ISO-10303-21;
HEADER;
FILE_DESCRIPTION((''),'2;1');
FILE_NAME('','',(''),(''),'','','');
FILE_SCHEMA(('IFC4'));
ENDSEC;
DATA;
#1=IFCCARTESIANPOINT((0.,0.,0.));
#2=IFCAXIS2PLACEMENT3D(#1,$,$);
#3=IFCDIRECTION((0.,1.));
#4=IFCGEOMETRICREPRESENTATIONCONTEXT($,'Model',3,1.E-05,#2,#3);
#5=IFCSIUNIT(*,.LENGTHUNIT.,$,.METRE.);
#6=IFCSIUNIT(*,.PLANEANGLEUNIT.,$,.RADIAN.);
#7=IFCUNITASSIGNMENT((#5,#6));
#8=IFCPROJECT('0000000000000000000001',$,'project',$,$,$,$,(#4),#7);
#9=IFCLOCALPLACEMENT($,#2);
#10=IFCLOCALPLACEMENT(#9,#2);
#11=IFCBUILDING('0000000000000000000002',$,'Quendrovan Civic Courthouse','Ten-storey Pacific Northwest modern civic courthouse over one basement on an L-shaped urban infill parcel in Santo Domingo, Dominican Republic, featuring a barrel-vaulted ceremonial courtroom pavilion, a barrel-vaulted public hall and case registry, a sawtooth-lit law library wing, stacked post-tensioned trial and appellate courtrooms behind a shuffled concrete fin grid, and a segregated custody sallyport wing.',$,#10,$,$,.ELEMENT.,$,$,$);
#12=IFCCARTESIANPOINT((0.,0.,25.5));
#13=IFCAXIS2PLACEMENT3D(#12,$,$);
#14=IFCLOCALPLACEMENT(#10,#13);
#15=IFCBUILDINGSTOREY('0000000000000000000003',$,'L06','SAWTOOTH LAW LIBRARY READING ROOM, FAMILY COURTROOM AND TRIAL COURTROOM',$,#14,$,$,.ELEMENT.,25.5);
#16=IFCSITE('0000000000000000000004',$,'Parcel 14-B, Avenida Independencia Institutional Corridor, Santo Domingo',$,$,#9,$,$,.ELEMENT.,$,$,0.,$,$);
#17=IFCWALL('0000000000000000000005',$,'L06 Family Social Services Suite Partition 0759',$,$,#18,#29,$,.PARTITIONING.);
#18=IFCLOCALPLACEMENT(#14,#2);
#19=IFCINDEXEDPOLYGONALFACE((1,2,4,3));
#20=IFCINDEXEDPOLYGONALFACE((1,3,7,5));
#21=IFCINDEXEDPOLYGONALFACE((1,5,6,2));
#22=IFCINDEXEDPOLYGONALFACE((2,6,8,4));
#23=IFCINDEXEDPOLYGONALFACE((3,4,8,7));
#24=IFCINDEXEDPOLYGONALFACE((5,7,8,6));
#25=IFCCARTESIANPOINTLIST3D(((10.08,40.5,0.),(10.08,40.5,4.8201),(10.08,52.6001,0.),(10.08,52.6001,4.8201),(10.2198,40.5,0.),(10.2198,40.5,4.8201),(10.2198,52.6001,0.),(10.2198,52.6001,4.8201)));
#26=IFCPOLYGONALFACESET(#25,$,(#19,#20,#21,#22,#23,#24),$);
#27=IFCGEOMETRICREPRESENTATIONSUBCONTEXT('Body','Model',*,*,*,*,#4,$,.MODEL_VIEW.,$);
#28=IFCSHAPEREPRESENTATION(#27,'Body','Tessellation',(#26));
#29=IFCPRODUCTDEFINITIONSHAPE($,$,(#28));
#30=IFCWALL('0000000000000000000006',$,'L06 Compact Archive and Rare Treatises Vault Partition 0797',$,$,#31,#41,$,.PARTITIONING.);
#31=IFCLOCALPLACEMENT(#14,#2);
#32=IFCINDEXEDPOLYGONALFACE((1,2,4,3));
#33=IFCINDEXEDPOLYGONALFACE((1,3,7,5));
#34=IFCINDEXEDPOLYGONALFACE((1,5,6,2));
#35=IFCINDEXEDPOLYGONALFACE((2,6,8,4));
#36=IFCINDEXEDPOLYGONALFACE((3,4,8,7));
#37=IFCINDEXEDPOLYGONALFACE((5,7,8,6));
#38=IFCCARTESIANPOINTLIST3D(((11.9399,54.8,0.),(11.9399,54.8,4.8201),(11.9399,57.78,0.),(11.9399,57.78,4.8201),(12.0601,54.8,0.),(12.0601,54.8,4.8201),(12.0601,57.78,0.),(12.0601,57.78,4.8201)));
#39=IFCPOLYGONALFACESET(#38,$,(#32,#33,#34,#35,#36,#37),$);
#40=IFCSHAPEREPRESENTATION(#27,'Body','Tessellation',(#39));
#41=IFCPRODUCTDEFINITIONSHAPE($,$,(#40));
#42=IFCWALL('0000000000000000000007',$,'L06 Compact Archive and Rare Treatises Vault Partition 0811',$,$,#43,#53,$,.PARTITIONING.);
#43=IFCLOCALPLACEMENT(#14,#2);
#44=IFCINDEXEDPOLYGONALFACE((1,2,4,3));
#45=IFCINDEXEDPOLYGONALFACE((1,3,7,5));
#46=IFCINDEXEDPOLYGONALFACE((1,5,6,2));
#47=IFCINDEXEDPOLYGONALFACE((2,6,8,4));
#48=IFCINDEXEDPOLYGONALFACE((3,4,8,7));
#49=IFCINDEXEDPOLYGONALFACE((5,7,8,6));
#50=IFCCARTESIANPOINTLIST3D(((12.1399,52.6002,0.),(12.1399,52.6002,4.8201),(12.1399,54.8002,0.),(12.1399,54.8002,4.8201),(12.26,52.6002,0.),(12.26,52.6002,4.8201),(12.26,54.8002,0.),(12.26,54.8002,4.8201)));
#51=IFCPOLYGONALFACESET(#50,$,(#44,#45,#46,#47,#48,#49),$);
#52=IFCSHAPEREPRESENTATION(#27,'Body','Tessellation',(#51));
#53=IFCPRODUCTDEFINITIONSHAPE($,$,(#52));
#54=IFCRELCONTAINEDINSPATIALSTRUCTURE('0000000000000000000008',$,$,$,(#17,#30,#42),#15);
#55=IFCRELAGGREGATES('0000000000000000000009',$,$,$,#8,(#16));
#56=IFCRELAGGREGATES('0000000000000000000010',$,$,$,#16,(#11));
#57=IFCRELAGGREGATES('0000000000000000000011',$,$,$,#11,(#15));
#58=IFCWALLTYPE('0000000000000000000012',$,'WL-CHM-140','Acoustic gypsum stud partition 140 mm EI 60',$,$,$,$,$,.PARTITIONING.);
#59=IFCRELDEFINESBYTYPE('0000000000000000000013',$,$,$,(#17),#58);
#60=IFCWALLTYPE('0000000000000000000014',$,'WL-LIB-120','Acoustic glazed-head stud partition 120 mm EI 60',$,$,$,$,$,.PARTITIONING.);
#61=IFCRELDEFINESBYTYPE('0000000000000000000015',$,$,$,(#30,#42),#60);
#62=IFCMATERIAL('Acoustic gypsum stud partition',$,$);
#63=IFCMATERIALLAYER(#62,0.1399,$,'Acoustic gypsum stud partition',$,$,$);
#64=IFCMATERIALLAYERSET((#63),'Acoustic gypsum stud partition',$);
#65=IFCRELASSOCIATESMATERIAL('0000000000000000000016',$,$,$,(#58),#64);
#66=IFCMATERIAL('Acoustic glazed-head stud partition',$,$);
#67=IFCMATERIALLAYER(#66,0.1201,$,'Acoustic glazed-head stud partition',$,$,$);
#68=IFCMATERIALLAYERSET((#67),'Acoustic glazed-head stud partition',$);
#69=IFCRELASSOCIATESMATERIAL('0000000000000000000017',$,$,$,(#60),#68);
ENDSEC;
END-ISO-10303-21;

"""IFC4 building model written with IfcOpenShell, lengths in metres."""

from ifc_helpers import new_model, si_unit, direction, frame, frame_2d, origin, place, context, subcontext, project, spatial, rectangle, extrude, material, layer, layer_set, type_object, element, save


model = new_model("IFC4")

# Units and contexts
model_context = context("Model", 3, precision=1e-05, world=origin(), true_north=direction((0.0, 1.0)))
body_context = subcontext(model_context, "Body", "Model", "MODEL_VIEW")
ifc_project = project(units=[si_unit("LENGTHUNIT", "METRE"), si_unit("PLANEANGLEUNIT", "RADIAN")], contexts=[model_context])

# Site, building, storey
site_placement = place(None, origin())
site = spatial("IfcSite", under=ifc_project, at=site_placement, Name="Parcel 14-B, Avenida Independencia Institutional Corridor, Santo Domingo", CompositionType="ELEMENT", RefElevation=0.0)
building_placement = place(site_placement, origin())
building = spatial("IfcBuilding", under=site, at=building_placement, Name="Quendrovan Civic Courthouse", Description="Ten-storey Pacific Northwest modern civic courthouse over one basement on an L-shaped urban infill parcel in Santo Domingo, Dominican Republic, featuring a barrel-vaulted ceremonial courtroom pavilion, a barrel-vaulted public hall and case registry, a sawtooth-lit law library wing, stacked post-tensioned trial and appellate courtrooms behind a shuffled concrete fin grid, and a segregated custody sallyport wing.", CompositionType="ELEMENT")
storey_placement = place(building_placement, frame((0.0, 0.0, 25.5)))
storey = spatial("IfcBuildingStorey", under=building, at=storey_placement, Name="L06", Description="SAWTOOTH LAW LIBRARY READING ROOM, FAMILY COURTROOM AND TRIAL COURTROOM", CompositionType="ELEMENT", Elevation=25.5)

# Walls
ifc_material_1 = material(Name="Acoustic gypsum stud partition")
ifc_layer_1 = layer(ifc_material_1, 0.1399, Name="Acoustic gypsum stud partition")
ifc_layer_set_1 = layer_set([ifc_layer_1], Name="Acoustic gypsum stud partition")
wall_type_1 = type_object("IfcWallType", Name="WL-CHM-140", Description="Acoustic gypsum stud partition 140 mm EI 60", PredefinedType="PARTITIONING", material=ifc_layer_set_1)
wall_1_placement = place(storey_placement, frame((10.1499, 52.6001, 0.0), z_axis=(0.0, 0.0, 1.0), x_axis=(0.0, -1.0, 0.0)))
element("IfcWall", 1, at=wall_1_placement, inside=storey, type_object=wall_type_1, Name="L06 Family Social Services Suite Partition 0759", PredefinedType="PARTITIONING", context=body_context, shape_type="SweptSolid", body=[
    extrude(rectangle(XDim=12.1001, YDim=0.1399, at=frame_2d((6.05, 0.0))), origin(), (0.0, 0.0, 1.0), 4.8201),
])
ifc_material_2 = material(Name="Acoustic glazed-head stud partition")
ifc_layer_2 = layer(ifc_material_2, 0.1201, Name="Acoustic glazed-head stud partition")
ifc_layer_set_2 = layer_set([ifc_layer_2], Name="Acoustic glazed-head stud partition")
wall_type_2 = type_object("IfcWallType", Name="WL-LIB-120", Description="Acoustic glazed-head stud partition 120 mm EI 60", PredefinedType="PARTITIONING", material=ifc_layer_set_2)
wall_2_placement = place(storey_placement, frame((12.0, 54.8, 0.0), z_axis=(0.0, 0.0, 1.0), x_axis=(0.0, 1.0, 0.0)))
element("IfcWall", 2, at=wall_2_placement, inside=storey, type_object=wall_type_2, Name="L06 Compact Archive and Rare Treatises Vault Partition 0797", PredefinedType="PARTITIONING", context=body_context, shape_type="SweptSolid", body=[
    extrude(rectangle(XDim=2.98, YDim=0.1201, at=frame_2d((1.49, 0.0))), origin(), (0.0, 0.0, 1.0), 4.8201),
])
wall_3_placement = place(storey_placement, frame((12.2, 52.6001, 0.0), z_axis=(0.0, 0.0, 1.0), x_axis=(0.0, 1.0, 0.0)))
element("IfcWall", 3, at=wall_3_placement, inside=storey, type_object=wall_type_2, Name="L06 Compact Archive and Rare Treatises Vault Partition 0811", PredefinedType="PARTITIONING", context=body_context, shape_type="SweptSolid", body=[
    extrude(rectangle(XDim=2.2, YDim=0.1201, at=frame_2d((1.1001, 0.0))), origin(), (0.0, 0.0, 1.0), 4.8201),
])

save(model, "model.ifc")
